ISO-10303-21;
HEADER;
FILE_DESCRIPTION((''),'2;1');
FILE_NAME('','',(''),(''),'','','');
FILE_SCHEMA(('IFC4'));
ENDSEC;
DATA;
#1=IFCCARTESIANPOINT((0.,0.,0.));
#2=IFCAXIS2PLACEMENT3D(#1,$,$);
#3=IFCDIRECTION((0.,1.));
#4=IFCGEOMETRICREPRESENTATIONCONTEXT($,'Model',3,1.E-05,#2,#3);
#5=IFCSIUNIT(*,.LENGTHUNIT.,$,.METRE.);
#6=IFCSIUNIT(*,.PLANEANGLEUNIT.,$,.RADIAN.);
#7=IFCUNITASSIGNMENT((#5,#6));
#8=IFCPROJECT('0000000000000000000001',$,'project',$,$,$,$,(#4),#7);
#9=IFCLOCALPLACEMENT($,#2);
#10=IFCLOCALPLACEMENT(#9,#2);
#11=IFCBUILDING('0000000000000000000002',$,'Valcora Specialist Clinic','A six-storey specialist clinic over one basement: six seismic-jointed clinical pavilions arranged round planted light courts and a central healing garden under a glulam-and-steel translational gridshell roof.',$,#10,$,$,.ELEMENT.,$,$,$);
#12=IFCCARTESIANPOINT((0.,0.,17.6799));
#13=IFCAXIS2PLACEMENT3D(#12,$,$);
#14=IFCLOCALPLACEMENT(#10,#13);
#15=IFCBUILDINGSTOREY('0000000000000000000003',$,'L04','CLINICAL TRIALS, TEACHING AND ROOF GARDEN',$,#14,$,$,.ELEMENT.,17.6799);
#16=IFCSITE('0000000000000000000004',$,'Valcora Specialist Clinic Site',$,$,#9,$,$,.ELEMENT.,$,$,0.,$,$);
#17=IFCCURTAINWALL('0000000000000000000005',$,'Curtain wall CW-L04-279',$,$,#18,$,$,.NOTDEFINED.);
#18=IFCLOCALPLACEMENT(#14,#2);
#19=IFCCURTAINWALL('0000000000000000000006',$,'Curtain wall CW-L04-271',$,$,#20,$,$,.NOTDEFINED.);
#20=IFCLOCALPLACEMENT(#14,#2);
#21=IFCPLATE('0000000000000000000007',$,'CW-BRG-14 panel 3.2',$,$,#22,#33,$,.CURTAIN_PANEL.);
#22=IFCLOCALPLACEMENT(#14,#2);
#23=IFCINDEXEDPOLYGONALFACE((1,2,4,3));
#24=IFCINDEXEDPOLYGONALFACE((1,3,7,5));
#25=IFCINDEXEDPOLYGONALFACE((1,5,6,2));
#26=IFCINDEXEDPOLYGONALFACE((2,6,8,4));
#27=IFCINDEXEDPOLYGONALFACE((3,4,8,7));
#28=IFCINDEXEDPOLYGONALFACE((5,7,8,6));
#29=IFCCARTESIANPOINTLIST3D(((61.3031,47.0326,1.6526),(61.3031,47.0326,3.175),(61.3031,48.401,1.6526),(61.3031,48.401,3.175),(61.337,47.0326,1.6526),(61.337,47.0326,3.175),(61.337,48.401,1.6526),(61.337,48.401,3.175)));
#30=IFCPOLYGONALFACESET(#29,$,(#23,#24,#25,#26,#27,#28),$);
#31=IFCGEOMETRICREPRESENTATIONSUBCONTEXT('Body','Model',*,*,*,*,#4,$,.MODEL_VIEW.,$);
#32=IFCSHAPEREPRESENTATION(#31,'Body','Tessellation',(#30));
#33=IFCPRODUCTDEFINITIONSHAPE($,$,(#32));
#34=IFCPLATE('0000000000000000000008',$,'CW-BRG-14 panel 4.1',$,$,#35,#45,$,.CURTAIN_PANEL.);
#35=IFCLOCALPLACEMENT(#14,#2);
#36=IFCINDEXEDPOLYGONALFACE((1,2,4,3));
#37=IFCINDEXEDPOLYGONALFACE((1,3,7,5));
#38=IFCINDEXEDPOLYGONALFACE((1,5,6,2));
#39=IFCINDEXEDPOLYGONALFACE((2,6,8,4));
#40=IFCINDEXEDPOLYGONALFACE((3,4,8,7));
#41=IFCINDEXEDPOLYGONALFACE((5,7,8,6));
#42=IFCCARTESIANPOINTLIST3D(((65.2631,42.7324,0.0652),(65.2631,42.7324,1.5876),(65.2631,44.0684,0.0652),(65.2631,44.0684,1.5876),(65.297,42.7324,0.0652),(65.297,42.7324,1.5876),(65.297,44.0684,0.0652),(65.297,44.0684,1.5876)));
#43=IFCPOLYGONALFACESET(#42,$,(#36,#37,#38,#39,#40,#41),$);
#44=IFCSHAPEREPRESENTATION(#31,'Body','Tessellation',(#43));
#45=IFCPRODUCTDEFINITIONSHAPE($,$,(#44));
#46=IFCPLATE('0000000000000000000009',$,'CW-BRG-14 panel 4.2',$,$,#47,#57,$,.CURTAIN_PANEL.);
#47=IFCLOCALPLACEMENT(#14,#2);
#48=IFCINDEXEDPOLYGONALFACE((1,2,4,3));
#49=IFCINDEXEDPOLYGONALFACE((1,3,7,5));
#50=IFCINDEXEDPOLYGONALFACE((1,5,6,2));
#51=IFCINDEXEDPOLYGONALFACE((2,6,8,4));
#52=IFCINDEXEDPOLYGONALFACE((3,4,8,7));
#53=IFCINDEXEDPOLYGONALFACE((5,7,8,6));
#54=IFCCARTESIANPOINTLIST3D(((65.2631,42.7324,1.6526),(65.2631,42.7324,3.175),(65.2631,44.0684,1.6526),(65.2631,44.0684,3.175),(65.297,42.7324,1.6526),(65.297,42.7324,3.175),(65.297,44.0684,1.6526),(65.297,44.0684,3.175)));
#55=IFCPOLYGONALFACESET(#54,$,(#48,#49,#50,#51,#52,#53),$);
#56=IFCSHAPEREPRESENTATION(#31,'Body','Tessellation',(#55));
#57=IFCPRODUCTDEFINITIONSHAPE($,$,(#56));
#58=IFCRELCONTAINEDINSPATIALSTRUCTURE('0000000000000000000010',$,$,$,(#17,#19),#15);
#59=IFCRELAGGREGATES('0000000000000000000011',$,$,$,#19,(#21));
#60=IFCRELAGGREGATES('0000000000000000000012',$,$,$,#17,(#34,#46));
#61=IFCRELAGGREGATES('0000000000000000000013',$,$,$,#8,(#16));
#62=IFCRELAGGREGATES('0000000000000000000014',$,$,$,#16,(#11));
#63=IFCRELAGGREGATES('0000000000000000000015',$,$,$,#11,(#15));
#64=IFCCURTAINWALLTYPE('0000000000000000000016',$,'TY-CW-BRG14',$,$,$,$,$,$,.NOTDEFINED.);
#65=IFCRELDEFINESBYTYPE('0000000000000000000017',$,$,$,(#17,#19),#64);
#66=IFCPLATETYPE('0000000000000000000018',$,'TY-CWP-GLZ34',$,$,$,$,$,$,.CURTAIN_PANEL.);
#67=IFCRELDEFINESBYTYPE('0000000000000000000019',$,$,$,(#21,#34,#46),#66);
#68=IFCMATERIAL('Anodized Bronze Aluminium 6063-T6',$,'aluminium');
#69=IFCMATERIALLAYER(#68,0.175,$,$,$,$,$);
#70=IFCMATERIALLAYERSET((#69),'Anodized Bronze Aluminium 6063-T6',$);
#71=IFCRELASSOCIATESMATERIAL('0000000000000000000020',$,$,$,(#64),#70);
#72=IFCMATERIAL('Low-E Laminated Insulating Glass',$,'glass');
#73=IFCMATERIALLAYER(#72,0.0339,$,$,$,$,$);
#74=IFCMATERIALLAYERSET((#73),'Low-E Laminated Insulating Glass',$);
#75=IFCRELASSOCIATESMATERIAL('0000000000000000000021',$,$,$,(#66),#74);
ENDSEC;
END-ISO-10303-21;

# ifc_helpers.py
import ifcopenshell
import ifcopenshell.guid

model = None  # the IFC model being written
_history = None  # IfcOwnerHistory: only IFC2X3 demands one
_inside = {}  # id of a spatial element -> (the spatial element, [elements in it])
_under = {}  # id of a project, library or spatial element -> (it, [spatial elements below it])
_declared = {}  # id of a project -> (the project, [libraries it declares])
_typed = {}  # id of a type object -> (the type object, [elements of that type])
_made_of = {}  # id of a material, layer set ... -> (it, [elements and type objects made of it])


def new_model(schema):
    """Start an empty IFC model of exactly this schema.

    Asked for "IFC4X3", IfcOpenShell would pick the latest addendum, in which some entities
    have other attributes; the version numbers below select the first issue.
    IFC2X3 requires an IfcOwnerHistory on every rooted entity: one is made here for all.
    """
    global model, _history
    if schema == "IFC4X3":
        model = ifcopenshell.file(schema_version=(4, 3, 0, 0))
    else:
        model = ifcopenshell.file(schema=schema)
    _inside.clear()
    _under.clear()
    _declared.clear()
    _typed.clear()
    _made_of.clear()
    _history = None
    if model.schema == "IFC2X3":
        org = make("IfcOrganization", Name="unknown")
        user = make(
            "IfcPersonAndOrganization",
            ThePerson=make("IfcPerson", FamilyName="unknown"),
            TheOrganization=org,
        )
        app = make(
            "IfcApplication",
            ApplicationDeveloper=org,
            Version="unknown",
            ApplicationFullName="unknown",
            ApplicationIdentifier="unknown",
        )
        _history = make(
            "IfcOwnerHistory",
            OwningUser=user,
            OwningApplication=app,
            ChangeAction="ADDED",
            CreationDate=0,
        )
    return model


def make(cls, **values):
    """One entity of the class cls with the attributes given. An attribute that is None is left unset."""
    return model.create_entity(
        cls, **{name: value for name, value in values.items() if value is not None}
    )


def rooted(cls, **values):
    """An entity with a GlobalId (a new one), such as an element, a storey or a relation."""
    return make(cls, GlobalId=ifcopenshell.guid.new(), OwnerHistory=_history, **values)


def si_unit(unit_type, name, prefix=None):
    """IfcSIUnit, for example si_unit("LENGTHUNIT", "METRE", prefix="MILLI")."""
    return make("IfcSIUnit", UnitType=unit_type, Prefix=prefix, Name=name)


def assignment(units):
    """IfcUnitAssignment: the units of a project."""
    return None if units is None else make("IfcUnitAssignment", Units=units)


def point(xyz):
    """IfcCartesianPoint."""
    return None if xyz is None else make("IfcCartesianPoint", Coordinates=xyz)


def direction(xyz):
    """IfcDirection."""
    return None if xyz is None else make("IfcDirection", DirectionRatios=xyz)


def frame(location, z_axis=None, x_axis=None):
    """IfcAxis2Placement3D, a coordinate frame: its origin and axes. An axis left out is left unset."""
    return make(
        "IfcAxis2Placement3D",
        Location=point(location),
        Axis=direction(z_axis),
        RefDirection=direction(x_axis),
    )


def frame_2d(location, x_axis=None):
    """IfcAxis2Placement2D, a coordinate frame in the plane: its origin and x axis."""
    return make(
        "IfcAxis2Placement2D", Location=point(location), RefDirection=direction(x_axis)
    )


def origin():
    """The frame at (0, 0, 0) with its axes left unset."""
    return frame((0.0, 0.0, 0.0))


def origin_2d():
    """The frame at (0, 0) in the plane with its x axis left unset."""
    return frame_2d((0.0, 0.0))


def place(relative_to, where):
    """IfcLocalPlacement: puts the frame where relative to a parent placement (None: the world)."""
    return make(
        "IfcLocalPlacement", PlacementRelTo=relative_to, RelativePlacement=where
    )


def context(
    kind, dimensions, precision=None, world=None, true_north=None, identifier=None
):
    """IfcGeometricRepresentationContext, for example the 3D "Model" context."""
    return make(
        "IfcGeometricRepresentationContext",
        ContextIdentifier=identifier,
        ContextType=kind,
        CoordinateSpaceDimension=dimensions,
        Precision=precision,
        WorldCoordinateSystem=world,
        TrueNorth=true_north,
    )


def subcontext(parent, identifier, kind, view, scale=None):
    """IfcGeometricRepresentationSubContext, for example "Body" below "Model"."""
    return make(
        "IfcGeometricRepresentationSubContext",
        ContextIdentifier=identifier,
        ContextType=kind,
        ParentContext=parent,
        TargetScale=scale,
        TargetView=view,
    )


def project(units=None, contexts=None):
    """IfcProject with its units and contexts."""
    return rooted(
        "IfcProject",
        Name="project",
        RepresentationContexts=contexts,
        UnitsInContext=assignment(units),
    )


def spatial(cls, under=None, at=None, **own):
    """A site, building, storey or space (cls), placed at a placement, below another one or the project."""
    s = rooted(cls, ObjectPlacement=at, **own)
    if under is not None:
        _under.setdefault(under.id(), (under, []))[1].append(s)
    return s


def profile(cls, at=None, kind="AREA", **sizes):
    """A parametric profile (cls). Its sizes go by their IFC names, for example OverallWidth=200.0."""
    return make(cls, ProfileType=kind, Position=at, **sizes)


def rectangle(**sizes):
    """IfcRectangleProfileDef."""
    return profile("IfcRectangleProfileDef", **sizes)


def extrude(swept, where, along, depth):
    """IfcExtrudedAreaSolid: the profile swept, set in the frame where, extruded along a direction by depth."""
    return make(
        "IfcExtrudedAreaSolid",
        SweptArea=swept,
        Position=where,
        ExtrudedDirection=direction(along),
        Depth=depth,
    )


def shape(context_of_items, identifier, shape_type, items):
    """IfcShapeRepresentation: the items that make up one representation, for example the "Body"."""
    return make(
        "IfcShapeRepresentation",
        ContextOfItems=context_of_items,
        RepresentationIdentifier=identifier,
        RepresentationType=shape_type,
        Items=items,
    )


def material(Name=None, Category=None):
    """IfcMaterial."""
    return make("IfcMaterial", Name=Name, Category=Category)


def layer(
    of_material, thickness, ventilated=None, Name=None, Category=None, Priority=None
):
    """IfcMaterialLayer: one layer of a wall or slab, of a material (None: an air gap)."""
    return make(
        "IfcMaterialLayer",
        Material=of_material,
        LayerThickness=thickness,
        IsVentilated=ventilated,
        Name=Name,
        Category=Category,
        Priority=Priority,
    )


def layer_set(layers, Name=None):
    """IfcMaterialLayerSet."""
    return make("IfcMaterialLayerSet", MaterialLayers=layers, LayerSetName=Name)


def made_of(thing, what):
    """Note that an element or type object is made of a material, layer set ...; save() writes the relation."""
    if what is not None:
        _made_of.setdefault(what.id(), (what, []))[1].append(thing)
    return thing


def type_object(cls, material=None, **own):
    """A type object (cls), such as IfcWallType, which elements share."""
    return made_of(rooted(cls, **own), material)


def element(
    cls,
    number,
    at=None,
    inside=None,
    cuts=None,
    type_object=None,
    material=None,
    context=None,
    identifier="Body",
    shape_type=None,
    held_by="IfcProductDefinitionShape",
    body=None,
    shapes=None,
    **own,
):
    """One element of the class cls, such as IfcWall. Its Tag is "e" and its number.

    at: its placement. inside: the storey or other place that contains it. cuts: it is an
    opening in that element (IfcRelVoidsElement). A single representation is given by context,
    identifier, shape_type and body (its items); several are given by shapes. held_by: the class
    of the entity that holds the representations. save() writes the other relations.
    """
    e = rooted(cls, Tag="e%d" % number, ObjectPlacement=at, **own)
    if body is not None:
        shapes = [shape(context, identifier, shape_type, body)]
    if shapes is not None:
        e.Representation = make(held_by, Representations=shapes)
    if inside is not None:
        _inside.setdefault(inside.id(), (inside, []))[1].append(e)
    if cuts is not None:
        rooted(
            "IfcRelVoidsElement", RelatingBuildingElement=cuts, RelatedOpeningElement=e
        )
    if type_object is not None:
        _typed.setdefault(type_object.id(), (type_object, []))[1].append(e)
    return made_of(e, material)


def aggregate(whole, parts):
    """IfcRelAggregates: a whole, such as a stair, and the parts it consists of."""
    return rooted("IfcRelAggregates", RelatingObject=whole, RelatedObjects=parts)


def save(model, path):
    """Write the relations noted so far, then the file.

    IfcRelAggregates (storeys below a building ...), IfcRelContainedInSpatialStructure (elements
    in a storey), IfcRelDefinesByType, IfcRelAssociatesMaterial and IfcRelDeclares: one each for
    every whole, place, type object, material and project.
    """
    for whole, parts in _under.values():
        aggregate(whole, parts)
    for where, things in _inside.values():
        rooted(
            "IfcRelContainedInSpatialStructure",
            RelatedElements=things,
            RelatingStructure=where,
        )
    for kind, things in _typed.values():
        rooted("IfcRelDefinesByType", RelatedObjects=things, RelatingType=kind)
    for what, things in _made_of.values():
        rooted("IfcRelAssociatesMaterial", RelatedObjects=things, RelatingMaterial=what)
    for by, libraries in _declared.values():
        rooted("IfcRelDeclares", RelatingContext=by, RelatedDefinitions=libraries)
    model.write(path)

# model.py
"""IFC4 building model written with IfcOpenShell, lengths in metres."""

from ifc_helpers import new_model, si_unit, direction, frame, origin, origin_2d, place, context, subcontext, project, spatial, rectangle, extrude, material, layer, layer_set, type_object, element, aggregate, save


model = new_model("IFC4")

# Units and contexts
model_context = context("Model", 3, precision=1e-05, world=origin(), true_north=direction((0.0, 1.0)))
body_context = subcontext(model_context, "Body", "Model", "MODEL_VIEW")
ifc_project = project(units=[si_unit("LENGTHUNIT", "METRE"), si_unit("PLANEANGLEUNIT", "RADIAN")], contexts=[model_context])

# Site, building, storey
site_placement = place(None, origin())
site = spatial("IfcSite", under=ifc_project, at=site_placement, Name="Valcora Specialist Clinic Site", CompositionType="ELEMENT", RefElevation=0.0)
building_placement = place(site_placement, origin())
building = spatial("IfcBuilding", under=site, at=building_placement, Name="Valcora Specialist Clinic", Description="A six-storey specialist clinic over one basement: six seismic-jointed clinical pavilions arranged round planted light courts and a central healing garden under a glulam-and-steel translational gridshell roof.", CompositionType="ELEMENT")
storey_placement = place(building_placement, frame((0.0, 0.0, 17.6799)))
storey = spatial("IfcBuildingStorey", under=building, at=storey_placement, Name="L04", Description="CLINICAL TRIALS, TEACHING AND ROOF GARDEN", CompositionType="ELEMENT", Elevation=17.6799)

# Curtain walls
ifc_material_1 = material(Name="Anodized Bronze Aluminium 6063-T6", Category="aluminium")
ifc_layer_1 = layer(ifc_material_1, 0.175)
ifc_layer_set_1 = layer_set([ifc_layer_1], Name="Anodized Bronze Aluminium 6063-T6")
curtain_wall_type = type_object("IfcCurtainWallType", Name="TY-CW-BRG14", PredefinedType="NOTDEFINED", material=ifc_layer_set_1)
curtain_wall_1_placement = place(storey_placement, origin())
curtain_wall_1 = element("IfcCurtainWall", 1, at=curtain_wall_1_placement, inside=storey, type_object=curtain_wall_type, Name="Curtain wall CW-L04-279", PredefinedType="NOTDEFINED")
curtain_wall_2_placement = place(storey_placement, origin())
curtain_wall_2 = element("IfcCurtainWall", 2, at=curtain_wall_2_placement, inside=storey, type_object=curtain_wall_type, Name="Curtain wall CW-L04-271", PredefinedType="NOTDEFINED")

# Plates
ifc_material_2 = material(Name="Low-E Laminated Insulating Glass", Category="glass")
ifc_layer_2 = layer(ifc_material_2, 0.0339)
ifc_layer_set_2 = layer_set([ifc_layer_2], Name="Low-E Laminated Insulating Glass")
plate_type_1 = type_object("IfcPlateType", Name="TY-CWP-GLZ34", PredefinedType="CURTAIN_PANEL", material=ifc_layer_set_2)
plate_1_placement = place(storey_placement, frame((61.3201, 47.7168, 1.6526), z_axis=(0.0, 0.0, 1.0), x_axis=(0.0, 1.0, 0.0)))
plate_1 = element("IfcPlate", 3, at=plate_1_placement, type_object=plate_type_1, Name="CW-BRG-14 panel 3.2", PredefinedType="CURTAIN_PANEL", context=body_context, shape_type="SweptSolid", body=[
    extrude(rectangle(XDim=1.3684, YDim=0.0339, at=origin_2d()), origin(), (0.0, 0.0, 1.0), 1.5225),
])
aggregate(curtain_wall_2, [plate_1])
plate_2_placement = place(storey_placement, frame((65.28, 43.4004, 0.0652), z_axis=(0.0, 0.0, 1.0), x_axis=(0.0, 1.0, 0.0)))
plate_2 = element("IfcPlate", 4, at=plate_2_placement, type_object=plate_type_1, Name="CW-BRG-14 panel 4.1", PredefinedType="CURTAIN_PANEL", context=body_context, shape_type="SweptSolid", body=[
    extrude(rectangle(XDim=1.3359, YDim=0.0339, at=origin_2d()), origin(), (0.0, 0.0, 1.0), 1.5225),
])
plate_3_placement = place(storey_placement, frame((65.28, 43.4004, 1.6526), z_axis=(0.0, 0.0, 1.0), x_axis=(0.0, 1.0, 0.0)))
plate_3 = element("IfcPlate", 5, at=plate_3_placement, type_object=plate_type_1, Name="CW-BRG-14 panel 4.2", PredefinedType="CURTAIN_PANEL", context=body_context, shape_type="SweptSolid", body=[
    extrude(rectangle(XDim=1.3359, YDim=0.0339, at=origin_2d()), origin(), (0.0, 0.0, 1.0), 1.5225),
])
aggregate(curtain_wall_1, [plate_2, plate_3])

save(model, "model.ifc")
